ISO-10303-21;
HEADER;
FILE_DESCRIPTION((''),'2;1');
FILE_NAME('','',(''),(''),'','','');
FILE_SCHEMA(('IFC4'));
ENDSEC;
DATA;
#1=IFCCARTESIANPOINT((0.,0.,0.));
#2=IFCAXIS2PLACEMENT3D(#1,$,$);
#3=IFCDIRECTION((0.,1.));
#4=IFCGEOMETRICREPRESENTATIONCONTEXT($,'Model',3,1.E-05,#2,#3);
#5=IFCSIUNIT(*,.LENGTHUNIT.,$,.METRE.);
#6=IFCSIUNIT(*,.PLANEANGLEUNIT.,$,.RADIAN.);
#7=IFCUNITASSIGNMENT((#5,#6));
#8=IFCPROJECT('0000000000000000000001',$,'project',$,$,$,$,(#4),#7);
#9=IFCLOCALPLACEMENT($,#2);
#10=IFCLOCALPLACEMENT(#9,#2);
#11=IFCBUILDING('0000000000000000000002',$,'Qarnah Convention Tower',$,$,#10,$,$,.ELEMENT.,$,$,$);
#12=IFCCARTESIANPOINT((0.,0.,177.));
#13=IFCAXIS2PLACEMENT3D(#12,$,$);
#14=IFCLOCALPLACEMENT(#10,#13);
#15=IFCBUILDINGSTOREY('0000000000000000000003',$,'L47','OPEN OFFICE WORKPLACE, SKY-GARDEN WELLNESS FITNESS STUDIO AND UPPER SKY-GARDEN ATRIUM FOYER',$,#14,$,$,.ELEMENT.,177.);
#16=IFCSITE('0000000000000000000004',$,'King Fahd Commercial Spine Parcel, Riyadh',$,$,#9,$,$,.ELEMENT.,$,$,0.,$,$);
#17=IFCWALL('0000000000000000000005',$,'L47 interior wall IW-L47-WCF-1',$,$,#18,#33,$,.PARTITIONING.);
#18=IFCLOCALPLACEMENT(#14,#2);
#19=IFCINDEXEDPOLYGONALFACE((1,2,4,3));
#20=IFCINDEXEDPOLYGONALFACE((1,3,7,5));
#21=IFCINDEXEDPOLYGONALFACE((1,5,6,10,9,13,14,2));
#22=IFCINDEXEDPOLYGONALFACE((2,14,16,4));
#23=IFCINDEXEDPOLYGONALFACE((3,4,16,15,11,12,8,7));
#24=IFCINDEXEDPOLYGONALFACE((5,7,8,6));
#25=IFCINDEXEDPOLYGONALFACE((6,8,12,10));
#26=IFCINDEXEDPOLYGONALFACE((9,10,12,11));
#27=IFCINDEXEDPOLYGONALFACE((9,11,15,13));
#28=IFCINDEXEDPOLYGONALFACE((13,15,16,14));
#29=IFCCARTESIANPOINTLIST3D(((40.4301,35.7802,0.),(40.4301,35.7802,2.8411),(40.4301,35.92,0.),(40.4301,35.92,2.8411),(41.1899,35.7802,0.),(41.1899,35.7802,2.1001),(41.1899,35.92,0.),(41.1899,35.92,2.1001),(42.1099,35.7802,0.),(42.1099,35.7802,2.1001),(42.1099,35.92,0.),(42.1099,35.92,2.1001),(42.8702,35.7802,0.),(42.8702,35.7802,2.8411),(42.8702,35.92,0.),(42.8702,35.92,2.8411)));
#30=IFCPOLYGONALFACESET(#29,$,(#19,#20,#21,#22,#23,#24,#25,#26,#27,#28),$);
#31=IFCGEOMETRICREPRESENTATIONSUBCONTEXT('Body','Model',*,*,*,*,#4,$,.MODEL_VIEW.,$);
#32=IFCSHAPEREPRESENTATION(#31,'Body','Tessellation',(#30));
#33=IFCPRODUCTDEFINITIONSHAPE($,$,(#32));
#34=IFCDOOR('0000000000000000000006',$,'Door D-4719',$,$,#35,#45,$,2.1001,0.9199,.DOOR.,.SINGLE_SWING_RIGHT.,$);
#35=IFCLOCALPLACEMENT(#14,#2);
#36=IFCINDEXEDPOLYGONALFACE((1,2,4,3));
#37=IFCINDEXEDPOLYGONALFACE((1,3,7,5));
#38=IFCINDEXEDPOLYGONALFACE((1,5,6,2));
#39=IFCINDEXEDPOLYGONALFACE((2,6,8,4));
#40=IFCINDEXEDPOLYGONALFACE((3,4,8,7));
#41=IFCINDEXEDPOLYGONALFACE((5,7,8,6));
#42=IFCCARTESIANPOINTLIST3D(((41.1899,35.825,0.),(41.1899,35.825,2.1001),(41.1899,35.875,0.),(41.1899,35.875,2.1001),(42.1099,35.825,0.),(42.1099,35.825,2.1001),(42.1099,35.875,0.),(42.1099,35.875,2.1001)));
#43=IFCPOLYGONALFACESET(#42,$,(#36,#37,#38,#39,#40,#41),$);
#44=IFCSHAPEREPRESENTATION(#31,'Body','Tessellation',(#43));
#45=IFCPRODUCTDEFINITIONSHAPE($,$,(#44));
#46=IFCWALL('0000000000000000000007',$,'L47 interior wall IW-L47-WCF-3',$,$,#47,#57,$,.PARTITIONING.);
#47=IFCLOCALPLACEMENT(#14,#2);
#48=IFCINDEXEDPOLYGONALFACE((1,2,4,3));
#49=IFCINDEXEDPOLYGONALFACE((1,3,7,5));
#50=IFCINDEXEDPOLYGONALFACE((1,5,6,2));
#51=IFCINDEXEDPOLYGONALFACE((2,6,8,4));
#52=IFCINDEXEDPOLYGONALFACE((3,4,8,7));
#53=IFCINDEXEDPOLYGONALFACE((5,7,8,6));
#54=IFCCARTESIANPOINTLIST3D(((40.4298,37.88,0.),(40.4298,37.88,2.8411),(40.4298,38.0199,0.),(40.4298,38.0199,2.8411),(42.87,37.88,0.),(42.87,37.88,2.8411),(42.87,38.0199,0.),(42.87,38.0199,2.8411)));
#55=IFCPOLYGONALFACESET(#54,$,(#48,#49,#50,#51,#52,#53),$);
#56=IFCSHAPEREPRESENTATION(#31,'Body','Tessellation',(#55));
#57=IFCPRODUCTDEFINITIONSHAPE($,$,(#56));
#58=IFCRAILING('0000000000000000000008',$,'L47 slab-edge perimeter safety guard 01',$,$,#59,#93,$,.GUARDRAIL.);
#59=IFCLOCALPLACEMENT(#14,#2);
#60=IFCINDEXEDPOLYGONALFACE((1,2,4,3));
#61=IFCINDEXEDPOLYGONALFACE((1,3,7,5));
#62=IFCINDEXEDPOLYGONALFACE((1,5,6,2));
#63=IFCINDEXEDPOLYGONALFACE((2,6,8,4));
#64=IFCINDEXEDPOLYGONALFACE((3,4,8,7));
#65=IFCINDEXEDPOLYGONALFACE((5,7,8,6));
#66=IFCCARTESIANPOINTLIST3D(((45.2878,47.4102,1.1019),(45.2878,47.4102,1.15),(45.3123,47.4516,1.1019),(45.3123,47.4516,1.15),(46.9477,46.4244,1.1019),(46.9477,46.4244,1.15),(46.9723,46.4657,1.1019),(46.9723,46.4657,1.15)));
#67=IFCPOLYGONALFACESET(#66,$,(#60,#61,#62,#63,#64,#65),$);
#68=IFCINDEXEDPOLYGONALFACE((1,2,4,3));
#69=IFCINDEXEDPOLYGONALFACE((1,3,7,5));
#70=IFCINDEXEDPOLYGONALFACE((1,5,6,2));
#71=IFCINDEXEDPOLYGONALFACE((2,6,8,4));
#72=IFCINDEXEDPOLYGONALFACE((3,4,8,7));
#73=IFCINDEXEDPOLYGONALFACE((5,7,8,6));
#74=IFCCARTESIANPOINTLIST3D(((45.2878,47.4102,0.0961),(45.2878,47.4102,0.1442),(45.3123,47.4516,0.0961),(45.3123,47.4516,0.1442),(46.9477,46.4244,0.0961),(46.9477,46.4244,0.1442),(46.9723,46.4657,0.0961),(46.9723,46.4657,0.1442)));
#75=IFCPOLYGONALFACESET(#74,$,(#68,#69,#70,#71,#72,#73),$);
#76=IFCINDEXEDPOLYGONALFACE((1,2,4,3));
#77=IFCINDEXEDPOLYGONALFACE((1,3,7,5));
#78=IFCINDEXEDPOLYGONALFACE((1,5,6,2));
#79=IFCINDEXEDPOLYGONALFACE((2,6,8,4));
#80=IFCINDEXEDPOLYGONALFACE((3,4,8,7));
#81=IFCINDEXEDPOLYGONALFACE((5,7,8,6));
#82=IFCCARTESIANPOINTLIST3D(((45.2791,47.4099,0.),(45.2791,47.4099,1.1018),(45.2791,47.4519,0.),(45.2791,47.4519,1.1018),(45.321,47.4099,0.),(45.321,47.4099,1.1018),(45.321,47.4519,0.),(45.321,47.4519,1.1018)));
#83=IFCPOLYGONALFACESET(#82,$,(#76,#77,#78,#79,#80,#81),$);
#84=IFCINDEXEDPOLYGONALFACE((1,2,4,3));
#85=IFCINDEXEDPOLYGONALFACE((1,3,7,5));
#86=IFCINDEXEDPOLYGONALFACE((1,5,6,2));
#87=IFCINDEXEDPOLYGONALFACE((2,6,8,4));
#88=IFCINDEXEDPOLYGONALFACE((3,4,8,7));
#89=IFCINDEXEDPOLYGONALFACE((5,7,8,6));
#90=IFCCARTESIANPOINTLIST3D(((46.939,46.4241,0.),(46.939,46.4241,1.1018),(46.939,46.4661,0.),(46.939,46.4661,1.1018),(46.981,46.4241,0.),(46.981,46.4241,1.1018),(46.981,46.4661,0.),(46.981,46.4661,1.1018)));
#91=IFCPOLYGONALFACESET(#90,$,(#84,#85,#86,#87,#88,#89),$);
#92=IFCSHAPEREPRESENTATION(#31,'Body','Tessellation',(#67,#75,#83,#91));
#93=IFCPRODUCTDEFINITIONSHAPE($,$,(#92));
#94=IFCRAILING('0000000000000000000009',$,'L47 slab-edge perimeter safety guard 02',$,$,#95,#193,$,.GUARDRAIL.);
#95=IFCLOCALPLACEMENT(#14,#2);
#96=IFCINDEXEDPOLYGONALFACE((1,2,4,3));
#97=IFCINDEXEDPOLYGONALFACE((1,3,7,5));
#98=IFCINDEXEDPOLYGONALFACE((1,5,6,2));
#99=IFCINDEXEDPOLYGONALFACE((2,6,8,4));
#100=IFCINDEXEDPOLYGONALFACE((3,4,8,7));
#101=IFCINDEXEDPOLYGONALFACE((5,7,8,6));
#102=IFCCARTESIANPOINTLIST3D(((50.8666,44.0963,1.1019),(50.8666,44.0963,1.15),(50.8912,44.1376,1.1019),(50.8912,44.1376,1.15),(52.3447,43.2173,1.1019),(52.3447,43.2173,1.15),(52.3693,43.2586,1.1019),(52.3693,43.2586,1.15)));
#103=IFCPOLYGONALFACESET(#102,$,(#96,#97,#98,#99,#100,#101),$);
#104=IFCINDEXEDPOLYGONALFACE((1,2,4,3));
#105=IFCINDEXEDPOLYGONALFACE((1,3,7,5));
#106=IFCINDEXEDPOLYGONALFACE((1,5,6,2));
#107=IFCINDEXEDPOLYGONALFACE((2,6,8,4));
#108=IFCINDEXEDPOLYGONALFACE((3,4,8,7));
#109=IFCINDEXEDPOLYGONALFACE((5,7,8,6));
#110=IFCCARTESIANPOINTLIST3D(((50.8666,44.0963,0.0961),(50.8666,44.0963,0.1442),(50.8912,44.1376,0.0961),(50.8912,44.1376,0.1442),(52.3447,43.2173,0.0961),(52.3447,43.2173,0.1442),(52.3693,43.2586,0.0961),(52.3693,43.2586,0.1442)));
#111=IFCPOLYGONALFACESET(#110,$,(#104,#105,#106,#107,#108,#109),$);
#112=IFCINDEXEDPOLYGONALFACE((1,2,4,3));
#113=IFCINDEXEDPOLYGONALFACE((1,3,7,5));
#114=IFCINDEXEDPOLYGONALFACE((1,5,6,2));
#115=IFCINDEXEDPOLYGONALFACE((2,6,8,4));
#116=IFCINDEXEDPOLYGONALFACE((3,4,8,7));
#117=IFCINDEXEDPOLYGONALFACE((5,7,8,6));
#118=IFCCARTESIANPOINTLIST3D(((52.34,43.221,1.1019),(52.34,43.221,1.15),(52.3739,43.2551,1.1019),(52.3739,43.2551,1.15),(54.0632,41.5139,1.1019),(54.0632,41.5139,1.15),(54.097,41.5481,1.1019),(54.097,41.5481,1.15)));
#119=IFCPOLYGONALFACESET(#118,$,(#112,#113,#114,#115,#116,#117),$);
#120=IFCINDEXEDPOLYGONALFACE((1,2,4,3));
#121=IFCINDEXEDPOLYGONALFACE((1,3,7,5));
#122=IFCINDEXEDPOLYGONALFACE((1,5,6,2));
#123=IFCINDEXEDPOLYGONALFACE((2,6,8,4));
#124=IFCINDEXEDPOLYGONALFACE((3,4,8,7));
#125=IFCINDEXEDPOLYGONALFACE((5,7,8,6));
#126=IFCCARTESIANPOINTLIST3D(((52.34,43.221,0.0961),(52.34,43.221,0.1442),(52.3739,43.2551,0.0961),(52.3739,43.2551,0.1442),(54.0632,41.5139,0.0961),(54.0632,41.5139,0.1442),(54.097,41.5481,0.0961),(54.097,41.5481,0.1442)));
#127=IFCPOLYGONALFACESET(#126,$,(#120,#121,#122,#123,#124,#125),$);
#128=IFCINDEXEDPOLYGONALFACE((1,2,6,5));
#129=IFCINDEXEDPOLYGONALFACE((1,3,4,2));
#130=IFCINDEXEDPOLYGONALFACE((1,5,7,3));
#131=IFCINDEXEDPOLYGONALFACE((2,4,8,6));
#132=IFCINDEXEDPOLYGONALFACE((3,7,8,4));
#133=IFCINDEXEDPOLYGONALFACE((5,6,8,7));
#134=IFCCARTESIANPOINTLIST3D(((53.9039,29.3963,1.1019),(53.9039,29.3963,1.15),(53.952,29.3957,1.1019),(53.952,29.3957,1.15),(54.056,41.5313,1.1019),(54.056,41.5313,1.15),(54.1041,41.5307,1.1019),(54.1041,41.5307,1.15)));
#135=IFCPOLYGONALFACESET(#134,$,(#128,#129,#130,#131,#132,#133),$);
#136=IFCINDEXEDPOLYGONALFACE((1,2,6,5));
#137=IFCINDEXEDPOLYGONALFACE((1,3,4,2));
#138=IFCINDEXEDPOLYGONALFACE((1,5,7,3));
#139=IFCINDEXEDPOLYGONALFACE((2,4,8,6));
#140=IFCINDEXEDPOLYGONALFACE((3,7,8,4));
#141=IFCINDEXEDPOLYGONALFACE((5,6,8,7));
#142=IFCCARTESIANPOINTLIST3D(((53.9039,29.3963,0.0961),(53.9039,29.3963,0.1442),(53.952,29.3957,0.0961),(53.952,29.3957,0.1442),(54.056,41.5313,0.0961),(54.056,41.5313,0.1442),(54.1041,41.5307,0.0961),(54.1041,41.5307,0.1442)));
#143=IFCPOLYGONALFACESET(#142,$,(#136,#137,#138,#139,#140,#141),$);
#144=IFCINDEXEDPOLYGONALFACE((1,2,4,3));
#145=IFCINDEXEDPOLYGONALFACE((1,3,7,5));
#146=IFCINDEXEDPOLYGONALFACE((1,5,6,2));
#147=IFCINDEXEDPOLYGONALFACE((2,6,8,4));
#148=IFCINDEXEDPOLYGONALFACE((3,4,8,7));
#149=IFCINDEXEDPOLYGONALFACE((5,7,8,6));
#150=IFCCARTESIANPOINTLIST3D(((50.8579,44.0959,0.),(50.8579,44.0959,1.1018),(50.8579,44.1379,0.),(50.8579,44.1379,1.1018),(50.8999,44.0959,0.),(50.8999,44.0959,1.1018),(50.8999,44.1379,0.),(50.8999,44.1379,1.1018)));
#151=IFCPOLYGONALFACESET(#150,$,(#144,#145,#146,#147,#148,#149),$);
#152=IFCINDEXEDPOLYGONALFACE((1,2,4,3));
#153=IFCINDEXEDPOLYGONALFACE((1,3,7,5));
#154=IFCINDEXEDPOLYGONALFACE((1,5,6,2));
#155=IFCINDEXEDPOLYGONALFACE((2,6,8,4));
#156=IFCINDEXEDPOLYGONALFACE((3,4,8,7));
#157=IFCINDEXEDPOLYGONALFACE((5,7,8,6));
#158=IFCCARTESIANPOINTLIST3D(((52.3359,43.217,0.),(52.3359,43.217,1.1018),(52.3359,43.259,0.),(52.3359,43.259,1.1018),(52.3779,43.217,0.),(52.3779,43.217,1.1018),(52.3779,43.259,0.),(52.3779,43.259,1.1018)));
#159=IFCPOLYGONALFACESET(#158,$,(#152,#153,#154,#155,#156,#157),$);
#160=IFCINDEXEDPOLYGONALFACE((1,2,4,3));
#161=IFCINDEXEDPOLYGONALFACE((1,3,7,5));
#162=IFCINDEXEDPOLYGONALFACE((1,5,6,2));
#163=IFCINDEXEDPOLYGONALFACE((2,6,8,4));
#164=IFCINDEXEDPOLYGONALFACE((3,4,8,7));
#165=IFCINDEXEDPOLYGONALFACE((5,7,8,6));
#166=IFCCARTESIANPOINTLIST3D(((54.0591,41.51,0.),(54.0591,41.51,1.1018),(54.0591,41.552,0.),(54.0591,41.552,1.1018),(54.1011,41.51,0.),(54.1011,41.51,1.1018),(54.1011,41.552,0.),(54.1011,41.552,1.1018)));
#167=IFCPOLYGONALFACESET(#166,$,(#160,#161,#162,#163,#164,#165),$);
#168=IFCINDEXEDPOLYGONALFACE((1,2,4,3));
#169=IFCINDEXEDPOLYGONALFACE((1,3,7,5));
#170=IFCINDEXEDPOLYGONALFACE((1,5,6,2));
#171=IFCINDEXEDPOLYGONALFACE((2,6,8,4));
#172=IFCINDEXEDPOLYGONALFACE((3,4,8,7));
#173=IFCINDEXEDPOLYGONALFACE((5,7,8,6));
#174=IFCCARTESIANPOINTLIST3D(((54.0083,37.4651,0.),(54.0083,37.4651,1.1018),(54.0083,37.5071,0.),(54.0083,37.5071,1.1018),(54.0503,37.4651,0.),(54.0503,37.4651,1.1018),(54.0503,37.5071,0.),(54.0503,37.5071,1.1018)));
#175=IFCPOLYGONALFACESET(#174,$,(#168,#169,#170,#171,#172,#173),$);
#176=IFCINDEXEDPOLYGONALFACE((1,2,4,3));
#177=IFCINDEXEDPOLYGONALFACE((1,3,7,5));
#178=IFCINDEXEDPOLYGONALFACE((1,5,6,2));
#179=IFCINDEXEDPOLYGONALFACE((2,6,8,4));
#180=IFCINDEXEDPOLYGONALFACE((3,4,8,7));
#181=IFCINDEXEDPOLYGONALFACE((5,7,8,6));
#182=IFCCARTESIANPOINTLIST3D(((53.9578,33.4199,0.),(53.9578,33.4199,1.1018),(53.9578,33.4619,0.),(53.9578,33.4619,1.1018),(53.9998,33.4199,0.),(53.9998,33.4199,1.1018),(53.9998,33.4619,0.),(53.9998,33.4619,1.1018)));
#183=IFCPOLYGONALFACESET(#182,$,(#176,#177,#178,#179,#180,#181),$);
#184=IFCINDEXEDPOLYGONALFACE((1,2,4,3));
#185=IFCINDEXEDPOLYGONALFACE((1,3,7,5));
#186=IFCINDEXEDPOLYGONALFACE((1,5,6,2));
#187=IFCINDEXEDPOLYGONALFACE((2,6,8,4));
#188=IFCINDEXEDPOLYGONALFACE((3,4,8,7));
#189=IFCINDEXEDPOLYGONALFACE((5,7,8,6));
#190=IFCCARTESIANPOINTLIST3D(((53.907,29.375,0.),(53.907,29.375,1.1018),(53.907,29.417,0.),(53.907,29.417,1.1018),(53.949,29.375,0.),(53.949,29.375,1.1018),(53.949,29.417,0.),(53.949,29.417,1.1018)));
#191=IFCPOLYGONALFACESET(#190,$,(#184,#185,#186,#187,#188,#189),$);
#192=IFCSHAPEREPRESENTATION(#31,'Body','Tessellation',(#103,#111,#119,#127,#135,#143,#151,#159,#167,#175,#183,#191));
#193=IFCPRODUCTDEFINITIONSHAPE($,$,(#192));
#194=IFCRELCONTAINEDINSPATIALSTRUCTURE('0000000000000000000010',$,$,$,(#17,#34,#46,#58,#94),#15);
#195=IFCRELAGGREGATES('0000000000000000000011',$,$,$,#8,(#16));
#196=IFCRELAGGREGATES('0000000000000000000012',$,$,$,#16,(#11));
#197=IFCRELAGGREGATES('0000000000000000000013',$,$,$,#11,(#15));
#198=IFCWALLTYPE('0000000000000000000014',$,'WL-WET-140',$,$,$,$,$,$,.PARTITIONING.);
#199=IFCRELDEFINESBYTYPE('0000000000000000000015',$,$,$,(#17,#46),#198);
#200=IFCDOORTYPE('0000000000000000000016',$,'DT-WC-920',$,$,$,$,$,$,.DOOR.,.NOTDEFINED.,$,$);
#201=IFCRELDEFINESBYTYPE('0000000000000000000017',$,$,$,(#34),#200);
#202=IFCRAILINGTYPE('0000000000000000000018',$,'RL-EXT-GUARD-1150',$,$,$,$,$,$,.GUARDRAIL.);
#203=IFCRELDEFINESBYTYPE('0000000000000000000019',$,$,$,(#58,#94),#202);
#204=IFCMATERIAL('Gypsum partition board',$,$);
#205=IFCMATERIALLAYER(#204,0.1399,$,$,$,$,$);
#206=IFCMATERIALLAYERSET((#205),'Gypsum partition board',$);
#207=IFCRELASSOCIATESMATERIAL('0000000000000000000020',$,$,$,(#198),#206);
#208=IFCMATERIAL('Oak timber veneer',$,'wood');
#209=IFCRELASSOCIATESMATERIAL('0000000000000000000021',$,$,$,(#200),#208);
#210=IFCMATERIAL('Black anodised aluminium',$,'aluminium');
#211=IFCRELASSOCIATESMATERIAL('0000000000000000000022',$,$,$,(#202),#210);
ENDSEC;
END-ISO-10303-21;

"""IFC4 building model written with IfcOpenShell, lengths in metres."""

from ifc_helpers import new_model, si_unit, direction, frame, frame_2d, origin, origin_2d, place, context, subcontext, project, spatial, rectangle, extrude, material, layer, layer_set, type_object, element, fill, save


model = new_model("IFC4")

# Units and contexts
model_context = context("Model", 3, precision=1e-05, world=origin(), true_north=direction((0.0, 1.0)))
body_context = subcontext(model_context, "Body", "Model", "MODEL_VIEW")
ifc_project = project(units=[si_unit("LENGTHUNIT", "METRE"), si_unit("PLANEANGLEUNIT", "RADIAN")], contexts=[model_context])

# Site, building, storey
site_placement = place(None, origin())
site = spatial("IfcSite", under=ifc_project, at=site_placement, Name="King Fahd Commercial Spine Parcel, Riyadh", CompositionType="ELEMENT", RefElevation=0.0)
building_placement = place(site_placement, origin())
building = spatial("IfcBuilding", under=site, at=building_placement, Name="Qarnah Convention Tower", CompositionType="ELEMENT")
storey_placement = place(building_placement, frame((0.0, 0.0, 177.0)))
storey = spatial("IfcBuildingStorey", under=building, at=storey_placement, Name="L47", Description="OPEN OFFICE WORKPLACE, SKY-GARDEN WELLNESS FITNESS STUDIO AND UPPER SKY-GARDEN ATRIUM FOYER", CompositionType="ELEMENT", Elevation=177.0)

# Shared definitions
ifc_material_1 = material(Name="Black anodised aluminium", Category="aluminium")

# Shared definitions
ifc_material_2 = material(Name="Gypsum partition board")
ifc_layer_1 = layer(ifc_material_2, 0.1399)
ifc_layer_set_1 = layer_set([ifc_layer_1], Name="Gypsum partition board")
wall_type_1 = type_object("IfcWallType", Name="WL-WET-140", PredefinedType="PARTITIONING", material=ifc_layer_set_1)

# Wall, opening, door
wall_1_placement = place(storey_placement, frame((40.4299, 35.8501, 0.0), z_axis=(0.0, 0.0, 1.0), x_axis=(1.0, 0.0, 0.0)))
wall_1 = element("IfcWall", 1, at=wall_1_placement, inside=storey, type_object=wall_type_1, Name="L47 interior wall IW-L47-WCF-1", PredefinedType="PARTITIONING", context=body_context, shape_type="SweptSolid", body=[
    extrude(rectangle(XDim=2.4402, YDim=0.1399, at=frame_2d((1.2202, 0.0))), origin(), (0.0, 0.0, 1.0), 2.8411),
])
opening_1_placement = place(wall_1_placement, frame((0.76, 0.0, 0.0)))
opening_1 = element("IfcOpeningElement", 2, at=opening_1_placement, cuts=wall_1, PredefinedType="OPENING", context=body_context, shape_type="SweptSolid", body=[
    extrude(rectangle(XDim=0.9199, YDim=2.1001, at=frame_2d((0.46, 1.05))), frame((0.0, 0.0798, 0.0), z_axis=(0.0, -1.0, 0.0), x_axis=(1.0, 0.0, 0.0)), (0.0, 0.0, 1.0), 0.1599),
])
ifc_material_3 = material(Name="Oak timber veneer", Category="wood")
door_type_1 = type_object("IfcDoorType", Name="DT-WC-920", OperationType="NOTDEFINED", PredefinedType="DOOR", material=ifc_material_3)
door_1_placement = place(opening_1_placement, origin())
door_1 = element("IfcDoor", 3, at=door_1_placement, inside=storey, type_object=door_type_1, Name="Door D-4719", OperationType="SINGLE_SWING_RIGHT", OverallHeight=2.1001, OverallWidth=0.9199, PredefinedType="DOOR", context=body_context, shape_type="SweptSolid", body=[
    extrude(rectangle(XDim=0.9199, YDim=2.1001, at=frame_2d((0.46, 1.05))), frame((0.0, 0.0249, 0.0), z_axis=(0.0, -1.0, 0.0), x_axis=(1.0, 0.0, 0.0)), (0.0, 0.0, 1.0), 0.05),
])
fill(opening_1, door_1)

# Wall
wall_2_placement = place(storey_placement, frame((42.8701, 37.95, 0.0), z_axis=(0.0, 0.0, 1.0), x_axis=(-1.0, 0.0, 0.0)))
element("IfcWall", 4, at=wall_2_placement, inside=storey, type_object=wall_type_1, Name="L47 interior wall IW-L47-WCF-3", PredefinedType="PARTITIONING", context=body_context, shape_type="SweptSolid", body=[
    extrude(rectangle(XDim=2.4402, YDim=0.1399, at=frame_2d((1.2202, 0.0))), origin(), (0.0, 0.0, 1.0), 2.8411),
])

# Railings
railing_type = type_object("IfcRailingType", Name="RL-EXT-GUARD-1150", PredefinedType="GUARDRAIL", material=ifc_material_1)
railing_1_placement = place(storey_placement, frame((45.3, 47.4309, 0.0)))
element("IfcRailing", 5, at=railing_1_placement, inside=storey, type_object=railing_type, Name="L47 slab-edge perimeter safety guard 01", PredefinedType="GUARDRAIL", context=body_context, shape_type="SweptSolid", body=[
    extrude(rectangle(XDim=0.0481, YDim=0.0481, at=origin_2d()), frame((0.0, 0.0, 1.126), z_axis=(0.859794, -0.510641, 0.0), x_axis=(0.510641, 0.859794, 0.0)), (0.0, 0.0, 1.0), 1.9307),
    extrude(rectangle(XDim=0.0481, YDim=0.0481, at=origin_2d()), frame((0.0, 0.0, 0.1201), z_axis=(0.859794, -0.510641, 0.0), x_axis=(0.510641, 0.859794, 0.0)), (0.0, 0.0, 1.0), 1.9307),
    extrude(rectangle(XDim=0.042, YDim=0.042, at=origin_2d()), origin(), (0.0, 0.0, 1.0), 1.1018),
    extrude(rectangle(XDim=0.042, YDim=0.042, at=origin_2d()), frame((1.6599, -0.9858, 0.0)), (0.0, 0.0, 1.0), 1.1018),
])
railing_2_placement = place(storey_placement, frame((50.8789, 44.1169, 0.0)))
element("IfcRailing", 6, at=railing_2_placement, inside=storey, type_object=railing_type, Name="L47 slab-edge perimeter safety guard 02", PredefinedType="GUARDRAIL", context=body_context, shape_type="SweptSolid", body=[
    extrude(rectangle(XDim=0.0481, YDim=0.0481, at=origin_2d()), frame((0.0, 0.0, 1.126), z_axis=(0.859516, -0.511109, 0.0), x_axis=(0.511109, 0.859516, 0.0)), (0.0, 0.0, 1.0), 1.7197),
    extrude(rectangle(XDim=0.0481, YDim=0.0481, at=origin_2d()), frame((0.0, 0.0, 0.1201), z_axis=(0.859516, -0.511109, 0.0), x_axis=(0.511109, 0.859516, 0.0)), (0.0, 0.0, 1.0), 1.7197),
    extrude(rectangle(XDim=0.0481, YDim=0.0481, at=origin_2d()), frame((1.478, -0.8789, 1.126), z_axis=(0.710421, -0.703777, 0.0), x_axis=(0.703777, 0.710421, 0.0)), (0.0, 0.0, 1.0), 2.4255),
    extrude(rectangle(XDim=0.0481, YDim=0.0481, at=origin_2d()), frame((1.478, -0.8789, 0.1201), z_axis=(0.710421, -0.703777, 0.0), x_axis=(0.703777, 0.710421, 0.0)), (0.0, 0.0, 1.0), 2.4255),
    extrude(rectangle(XDim=0.0481, YDim=0.0481, at=origin_2d()), frame((3.2012, -2.5859, 1.126), z_axis=(-0.012533, -0.999921, 0.0), x_axis=(0.999921, -0.012533, 0.0)), (0.0, 0.0, 1.0), 12.136),
    extrude(rectangle(XDim=0.0481, YDim=0.0481, at=origin_2d()), frame((3.2012, -2.5859, 0.1201), z_axis=(-0.012533, -0.999921, 0.0), x_axis=(0.999921, -0.012533, 0.0)), (0.0, 0.0, 1.0), 12.136),
    extrude(rectangle(XDim=0.042, YDim=0.042, at=origin_2d()), origin(), (0.0, 0.0, 1.0), 1.1018),
    extrude(rectangle(XDim=0.042, YDim=0.042, at=origin_2d()), frame((1.478, -0.8789, 0.0)), (0.0, 0.0, 1.0), 1.1018),
    extrude(rectangle(XDim=0.042, YDim=0.042, at=origin_2d()), frame((3.2012, -2.5859, 0.0)), (0.0, 0.0, 1.0), 1.1018),
    extrude(rectangle(XDim=0.042, YDim=0.042, at=origin_2d()), frame((3.1504, -6.6309, 0.0)), (0.0, 0.0, 1.0), 1.1018),
    extrude(rectangle(XDim=0.042, YDim=0.042, at=origin_2d()), frame((3.0999, -10.676, 0.0)), (0.0, 0.0, 1.0), 1.1018),
    extrude(rectangle(XDim=0.042, YDim=0.042, at=origin_2d()), frame((3.0491, -14.7209, 0.0)), (0.0, 0.0, 1.0), 1.1018),
])

save(model, "model.ifc")
